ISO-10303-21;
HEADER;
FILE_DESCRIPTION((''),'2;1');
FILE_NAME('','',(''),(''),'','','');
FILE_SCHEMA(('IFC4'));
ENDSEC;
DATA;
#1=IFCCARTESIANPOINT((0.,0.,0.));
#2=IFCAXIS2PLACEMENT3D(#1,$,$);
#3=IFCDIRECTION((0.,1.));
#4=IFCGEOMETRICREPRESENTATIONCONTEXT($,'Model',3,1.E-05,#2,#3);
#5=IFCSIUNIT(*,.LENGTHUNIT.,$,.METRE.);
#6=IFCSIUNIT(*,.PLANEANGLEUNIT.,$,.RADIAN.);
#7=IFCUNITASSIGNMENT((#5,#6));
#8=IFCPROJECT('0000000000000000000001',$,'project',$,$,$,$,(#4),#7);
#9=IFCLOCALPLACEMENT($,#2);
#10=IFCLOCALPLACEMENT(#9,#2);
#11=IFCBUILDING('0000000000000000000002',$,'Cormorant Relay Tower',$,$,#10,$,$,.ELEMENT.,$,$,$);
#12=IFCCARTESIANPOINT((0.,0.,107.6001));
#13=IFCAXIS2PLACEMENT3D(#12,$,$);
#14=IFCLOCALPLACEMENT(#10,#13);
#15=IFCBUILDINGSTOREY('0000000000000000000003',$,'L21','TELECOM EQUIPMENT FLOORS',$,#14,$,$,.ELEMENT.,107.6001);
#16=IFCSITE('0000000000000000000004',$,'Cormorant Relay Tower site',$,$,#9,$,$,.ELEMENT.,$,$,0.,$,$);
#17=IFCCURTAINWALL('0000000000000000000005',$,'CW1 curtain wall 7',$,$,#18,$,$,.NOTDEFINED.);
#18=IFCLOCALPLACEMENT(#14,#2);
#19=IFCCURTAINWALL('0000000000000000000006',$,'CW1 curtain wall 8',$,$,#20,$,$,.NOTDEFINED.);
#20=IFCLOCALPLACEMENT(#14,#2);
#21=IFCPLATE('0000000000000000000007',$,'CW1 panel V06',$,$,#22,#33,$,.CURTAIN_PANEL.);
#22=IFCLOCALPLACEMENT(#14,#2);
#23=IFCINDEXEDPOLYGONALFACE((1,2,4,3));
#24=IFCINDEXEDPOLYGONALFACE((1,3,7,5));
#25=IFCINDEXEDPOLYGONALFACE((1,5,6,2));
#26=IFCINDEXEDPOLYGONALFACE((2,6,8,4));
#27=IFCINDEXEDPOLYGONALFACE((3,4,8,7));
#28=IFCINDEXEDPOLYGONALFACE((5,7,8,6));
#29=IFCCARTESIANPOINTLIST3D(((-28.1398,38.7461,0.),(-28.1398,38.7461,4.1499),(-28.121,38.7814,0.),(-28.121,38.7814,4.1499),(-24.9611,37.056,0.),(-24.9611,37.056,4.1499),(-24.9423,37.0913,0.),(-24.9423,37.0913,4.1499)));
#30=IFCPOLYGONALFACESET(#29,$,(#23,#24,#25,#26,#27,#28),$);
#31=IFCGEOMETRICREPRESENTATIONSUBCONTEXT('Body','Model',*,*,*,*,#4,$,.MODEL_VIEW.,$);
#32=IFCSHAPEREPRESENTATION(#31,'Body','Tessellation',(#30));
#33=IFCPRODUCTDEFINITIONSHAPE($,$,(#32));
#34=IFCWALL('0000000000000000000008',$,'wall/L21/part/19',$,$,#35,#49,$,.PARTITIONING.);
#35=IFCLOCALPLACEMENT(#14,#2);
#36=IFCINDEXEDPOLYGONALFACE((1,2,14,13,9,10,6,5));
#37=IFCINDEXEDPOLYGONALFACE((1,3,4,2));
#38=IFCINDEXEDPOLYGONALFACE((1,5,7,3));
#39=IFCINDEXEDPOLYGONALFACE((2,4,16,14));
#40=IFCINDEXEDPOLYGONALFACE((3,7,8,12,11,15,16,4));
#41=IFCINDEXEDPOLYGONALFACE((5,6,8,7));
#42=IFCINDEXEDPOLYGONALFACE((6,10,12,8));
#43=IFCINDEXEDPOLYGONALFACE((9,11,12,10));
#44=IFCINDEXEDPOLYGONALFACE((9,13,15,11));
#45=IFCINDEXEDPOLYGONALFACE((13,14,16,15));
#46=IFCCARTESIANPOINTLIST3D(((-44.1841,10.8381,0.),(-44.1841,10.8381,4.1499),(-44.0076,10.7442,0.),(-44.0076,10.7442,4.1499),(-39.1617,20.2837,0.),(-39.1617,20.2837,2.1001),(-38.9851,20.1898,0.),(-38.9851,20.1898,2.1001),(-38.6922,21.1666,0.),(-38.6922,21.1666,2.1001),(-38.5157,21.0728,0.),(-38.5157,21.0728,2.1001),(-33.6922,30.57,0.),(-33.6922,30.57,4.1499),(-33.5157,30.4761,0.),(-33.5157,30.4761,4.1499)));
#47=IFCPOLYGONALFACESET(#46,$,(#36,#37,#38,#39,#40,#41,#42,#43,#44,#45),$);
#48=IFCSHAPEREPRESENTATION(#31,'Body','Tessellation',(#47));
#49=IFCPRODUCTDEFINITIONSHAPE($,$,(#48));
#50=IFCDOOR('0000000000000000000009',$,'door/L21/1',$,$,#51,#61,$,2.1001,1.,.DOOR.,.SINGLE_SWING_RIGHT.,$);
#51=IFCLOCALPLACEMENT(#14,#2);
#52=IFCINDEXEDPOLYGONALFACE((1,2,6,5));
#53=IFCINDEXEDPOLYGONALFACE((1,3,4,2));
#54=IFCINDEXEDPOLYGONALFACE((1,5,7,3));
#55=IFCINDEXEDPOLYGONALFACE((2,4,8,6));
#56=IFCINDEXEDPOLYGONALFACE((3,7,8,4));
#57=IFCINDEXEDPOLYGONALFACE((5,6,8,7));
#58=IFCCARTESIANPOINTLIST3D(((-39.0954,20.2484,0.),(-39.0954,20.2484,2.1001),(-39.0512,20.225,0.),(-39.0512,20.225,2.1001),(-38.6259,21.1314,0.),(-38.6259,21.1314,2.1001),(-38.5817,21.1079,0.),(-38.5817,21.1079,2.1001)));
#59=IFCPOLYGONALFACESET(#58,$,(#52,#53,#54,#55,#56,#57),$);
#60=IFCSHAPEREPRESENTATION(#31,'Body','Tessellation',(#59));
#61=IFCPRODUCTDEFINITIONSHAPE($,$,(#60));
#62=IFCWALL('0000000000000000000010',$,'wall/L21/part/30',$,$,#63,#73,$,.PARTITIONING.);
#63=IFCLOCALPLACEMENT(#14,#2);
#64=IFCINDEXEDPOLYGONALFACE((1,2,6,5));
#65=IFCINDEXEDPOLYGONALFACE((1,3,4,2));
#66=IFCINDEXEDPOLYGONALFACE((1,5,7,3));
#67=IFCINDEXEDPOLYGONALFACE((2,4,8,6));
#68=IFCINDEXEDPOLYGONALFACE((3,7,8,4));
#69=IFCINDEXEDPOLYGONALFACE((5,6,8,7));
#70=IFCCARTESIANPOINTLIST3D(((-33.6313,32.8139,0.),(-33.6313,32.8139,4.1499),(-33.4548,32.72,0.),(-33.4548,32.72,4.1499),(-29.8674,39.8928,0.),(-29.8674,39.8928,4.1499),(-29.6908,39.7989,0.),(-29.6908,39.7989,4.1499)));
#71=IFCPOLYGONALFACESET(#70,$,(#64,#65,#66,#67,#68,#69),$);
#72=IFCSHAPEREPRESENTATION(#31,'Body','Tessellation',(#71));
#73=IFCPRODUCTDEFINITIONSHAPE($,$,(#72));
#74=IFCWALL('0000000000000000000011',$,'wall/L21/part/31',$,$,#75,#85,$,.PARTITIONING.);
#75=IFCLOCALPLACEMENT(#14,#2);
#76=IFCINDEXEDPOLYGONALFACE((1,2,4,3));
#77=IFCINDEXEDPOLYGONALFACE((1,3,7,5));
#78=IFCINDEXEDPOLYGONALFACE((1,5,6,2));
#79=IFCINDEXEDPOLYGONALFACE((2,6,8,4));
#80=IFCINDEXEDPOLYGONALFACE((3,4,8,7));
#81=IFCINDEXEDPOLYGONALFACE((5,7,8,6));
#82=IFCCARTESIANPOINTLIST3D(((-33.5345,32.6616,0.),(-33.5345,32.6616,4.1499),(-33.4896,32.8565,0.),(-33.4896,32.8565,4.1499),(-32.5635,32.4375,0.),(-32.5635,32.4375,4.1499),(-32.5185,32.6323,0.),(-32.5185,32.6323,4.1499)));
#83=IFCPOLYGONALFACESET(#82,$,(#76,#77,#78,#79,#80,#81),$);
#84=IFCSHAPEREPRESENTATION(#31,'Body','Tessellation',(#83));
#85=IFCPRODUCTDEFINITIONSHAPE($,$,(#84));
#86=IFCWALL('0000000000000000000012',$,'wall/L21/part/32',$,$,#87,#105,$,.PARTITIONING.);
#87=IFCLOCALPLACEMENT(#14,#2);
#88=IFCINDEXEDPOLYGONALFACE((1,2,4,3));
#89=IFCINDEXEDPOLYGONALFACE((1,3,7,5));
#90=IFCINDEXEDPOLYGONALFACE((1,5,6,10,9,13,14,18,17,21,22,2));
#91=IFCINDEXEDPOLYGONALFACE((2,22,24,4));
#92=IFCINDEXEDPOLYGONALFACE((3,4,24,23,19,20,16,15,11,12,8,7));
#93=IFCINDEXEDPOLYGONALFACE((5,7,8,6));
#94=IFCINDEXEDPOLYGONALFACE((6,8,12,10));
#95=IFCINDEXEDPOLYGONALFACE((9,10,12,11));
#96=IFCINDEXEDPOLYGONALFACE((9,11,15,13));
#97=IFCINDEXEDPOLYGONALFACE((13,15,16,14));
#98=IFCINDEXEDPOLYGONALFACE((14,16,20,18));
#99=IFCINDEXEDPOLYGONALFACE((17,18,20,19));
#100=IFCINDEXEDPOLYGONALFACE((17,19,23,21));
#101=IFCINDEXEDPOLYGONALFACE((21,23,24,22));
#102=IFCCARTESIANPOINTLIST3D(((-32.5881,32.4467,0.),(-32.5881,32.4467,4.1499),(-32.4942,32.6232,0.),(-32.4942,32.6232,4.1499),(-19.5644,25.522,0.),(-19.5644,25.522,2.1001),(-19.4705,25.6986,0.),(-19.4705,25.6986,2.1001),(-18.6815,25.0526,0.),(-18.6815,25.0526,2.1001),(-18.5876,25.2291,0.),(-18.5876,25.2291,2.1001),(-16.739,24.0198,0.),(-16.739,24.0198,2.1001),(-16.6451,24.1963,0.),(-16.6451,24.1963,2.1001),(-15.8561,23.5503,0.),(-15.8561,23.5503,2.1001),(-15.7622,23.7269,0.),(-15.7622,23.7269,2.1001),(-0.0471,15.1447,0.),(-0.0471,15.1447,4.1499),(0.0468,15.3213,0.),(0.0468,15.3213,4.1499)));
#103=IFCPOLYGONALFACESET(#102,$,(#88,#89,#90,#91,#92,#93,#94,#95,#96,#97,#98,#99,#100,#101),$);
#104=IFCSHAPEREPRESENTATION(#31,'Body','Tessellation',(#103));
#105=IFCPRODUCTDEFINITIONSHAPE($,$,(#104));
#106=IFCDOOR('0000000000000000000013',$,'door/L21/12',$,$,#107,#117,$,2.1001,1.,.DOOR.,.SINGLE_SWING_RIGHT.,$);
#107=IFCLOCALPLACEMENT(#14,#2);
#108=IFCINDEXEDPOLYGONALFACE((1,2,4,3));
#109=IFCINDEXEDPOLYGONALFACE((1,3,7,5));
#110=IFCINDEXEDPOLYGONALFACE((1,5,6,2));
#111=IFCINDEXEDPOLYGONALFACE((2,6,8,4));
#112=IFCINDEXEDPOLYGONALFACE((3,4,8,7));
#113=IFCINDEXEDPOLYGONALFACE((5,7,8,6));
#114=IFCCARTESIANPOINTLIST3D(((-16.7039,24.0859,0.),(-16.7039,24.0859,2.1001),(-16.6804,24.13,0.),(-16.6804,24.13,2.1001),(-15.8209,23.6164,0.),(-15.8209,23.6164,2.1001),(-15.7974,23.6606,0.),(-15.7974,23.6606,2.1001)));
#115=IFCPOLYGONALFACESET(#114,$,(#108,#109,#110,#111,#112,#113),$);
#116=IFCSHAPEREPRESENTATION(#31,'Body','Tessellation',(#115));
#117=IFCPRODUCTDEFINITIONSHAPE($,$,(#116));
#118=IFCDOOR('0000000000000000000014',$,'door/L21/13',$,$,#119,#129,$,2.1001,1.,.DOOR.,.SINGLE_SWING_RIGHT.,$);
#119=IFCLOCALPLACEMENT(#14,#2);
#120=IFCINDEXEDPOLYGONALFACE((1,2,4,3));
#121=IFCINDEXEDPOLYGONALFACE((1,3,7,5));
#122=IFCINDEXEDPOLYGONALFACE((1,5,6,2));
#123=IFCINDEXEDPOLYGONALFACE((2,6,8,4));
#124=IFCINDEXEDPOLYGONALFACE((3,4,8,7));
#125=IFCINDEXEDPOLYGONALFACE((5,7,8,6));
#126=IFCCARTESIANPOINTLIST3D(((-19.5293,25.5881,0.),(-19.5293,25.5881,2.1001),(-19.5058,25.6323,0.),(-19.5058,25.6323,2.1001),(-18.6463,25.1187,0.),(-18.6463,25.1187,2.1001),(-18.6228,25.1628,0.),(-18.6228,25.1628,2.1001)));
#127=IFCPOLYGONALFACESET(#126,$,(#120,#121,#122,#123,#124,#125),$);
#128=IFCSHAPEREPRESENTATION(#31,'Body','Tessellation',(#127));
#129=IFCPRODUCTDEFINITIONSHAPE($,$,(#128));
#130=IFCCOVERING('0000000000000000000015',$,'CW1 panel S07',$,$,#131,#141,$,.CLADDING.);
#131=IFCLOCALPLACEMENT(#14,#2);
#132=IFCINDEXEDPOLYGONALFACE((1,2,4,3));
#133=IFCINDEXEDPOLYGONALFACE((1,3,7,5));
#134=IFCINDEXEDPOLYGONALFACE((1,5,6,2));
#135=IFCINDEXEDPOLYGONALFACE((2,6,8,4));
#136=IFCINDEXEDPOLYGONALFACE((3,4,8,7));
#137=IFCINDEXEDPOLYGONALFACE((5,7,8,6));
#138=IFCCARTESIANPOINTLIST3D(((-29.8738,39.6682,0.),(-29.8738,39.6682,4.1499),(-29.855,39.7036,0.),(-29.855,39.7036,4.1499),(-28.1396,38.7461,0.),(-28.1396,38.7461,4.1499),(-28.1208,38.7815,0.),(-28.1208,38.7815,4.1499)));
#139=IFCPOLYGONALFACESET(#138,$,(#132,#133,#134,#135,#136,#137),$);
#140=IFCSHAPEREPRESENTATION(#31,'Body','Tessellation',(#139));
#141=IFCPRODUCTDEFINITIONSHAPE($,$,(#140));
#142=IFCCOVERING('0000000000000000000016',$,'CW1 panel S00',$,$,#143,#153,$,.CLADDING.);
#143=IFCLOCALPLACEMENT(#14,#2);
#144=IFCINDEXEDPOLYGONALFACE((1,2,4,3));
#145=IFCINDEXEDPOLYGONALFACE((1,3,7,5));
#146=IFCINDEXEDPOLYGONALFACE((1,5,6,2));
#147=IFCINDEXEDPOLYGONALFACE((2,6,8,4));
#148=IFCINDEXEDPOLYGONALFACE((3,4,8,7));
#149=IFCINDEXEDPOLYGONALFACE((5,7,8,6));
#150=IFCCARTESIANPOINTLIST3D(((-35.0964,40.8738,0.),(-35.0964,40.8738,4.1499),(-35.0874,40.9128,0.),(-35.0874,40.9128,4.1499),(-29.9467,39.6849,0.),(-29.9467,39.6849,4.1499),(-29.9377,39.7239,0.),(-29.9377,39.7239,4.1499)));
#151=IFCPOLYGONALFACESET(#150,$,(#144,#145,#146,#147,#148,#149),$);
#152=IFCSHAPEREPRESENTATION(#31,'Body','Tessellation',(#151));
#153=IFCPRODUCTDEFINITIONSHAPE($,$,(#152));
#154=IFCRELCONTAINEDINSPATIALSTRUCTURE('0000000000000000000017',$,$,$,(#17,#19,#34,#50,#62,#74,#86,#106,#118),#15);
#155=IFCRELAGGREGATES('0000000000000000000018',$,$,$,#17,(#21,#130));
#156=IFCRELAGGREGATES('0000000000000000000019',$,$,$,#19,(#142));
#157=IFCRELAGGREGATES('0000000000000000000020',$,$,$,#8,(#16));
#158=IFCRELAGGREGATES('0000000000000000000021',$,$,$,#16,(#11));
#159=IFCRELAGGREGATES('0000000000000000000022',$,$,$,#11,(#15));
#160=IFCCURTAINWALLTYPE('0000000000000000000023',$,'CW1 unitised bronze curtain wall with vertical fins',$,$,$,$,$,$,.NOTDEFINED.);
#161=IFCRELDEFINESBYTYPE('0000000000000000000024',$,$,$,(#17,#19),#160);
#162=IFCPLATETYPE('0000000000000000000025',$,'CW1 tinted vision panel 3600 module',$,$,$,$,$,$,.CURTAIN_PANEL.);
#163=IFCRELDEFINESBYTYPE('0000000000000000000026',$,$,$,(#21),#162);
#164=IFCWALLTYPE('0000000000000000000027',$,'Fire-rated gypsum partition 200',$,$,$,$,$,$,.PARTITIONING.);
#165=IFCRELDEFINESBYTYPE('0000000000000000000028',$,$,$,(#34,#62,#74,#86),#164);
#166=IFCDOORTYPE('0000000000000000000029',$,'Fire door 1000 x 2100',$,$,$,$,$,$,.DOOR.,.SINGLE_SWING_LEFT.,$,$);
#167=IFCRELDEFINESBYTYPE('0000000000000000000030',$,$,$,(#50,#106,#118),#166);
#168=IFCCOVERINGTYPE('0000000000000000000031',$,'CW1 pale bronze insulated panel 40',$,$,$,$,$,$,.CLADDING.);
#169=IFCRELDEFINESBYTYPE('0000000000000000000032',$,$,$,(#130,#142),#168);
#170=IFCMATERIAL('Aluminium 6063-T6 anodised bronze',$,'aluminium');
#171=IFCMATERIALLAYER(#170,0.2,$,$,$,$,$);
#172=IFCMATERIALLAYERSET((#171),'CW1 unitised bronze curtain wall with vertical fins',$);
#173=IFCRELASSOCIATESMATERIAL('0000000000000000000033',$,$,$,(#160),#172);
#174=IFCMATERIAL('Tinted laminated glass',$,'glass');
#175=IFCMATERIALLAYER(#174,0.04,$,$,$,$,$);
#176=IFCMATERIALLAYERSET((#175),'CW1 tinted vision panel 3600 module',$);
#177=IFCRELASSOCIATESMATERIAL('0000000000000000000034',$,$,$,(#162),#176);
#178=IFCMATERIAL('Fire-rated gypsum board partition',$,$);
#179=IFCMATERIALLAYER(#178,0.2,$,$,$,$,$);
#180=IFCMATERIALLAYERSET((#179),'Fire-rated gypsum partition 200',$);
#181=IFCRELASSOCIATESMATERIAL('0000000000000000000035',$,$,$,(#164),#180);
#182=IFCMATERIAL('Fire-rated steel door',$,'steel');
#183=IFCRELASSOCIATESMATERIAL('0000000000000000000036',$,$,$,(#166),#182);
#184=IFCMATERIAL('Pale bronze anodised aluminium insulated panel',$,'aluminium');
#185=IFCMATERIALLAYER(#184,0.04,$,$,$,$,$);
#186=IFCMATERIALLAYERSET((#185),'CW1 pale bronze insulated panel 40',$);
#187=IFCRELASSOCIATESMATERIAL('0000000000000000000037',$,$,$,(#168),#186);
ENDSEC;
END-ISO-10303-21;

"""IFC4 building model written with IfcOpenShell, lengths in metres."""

from ifc_helpers import new_model, si_unit, direction, frame, frame_2d, origin, origin_2d, place, context, subcontext, project, spatial, rectangle, extrude, material, layer, layer_set, type_object, element, fill, aggregate, save


model = new_model("IFC4")

# Units and contexts
model_context = context("Model", 3, precision=1e-05, world=origin(), true_north=direction((0.0, 1.0)))
body_context = subcontext(model_context, "Body", "Model", "MODEL_VIEW")
ifc_project = project(units=[si_unit("LENGTHUNIT", "METRE"), si_unit("PLANEANGLEUNIT", "RADIAN")], contexts=[model_context])

# Site, building, storey
site_placement = place(None, origin())
site = spatial("IfcSite", under=ifc_project, at=site_placement, Name="Cormorant Relay Tower site", CompositionType="ELEMENT", RefElevation=0.0)
building_placement = place(site_placement, origin())
building = spatial("IfcBuilding", under=site, at=building_placement, Name="Cormorant Relay Tower", CompositionType="ELEMENT")
storey_placement = place(building_placement, frame((0.0, 0.0, 107.6001)))
storey = spatial("IfcBuildingStorey", under=building, at=storey_placement, Name="L21", Description="TELECOM EQUIPMENT FLOORS", CompositionType="ELEMENT", Elevation=107.6001)

# Curtain wall
ifc_material_1 = material(Name="Aluminium 6063-T6 anodised bronze", Category="aluminium")
ifc_layer_1 = layer(ifc_material_1, 0.2)
ifc_layer_set_1 = layer_set([ifc_layer_1], Name="CW1 unitised bronze curtain wall with vertical fins")
curtain_wall_type = type_object("IfcCurtainWallType", Name="CW1 unitised bronze curtain wall with vertical fins", PredefinedType="NOTDEFINED", material=ifc_layer_set_1)
curtain_wall_1_placement = place(storey_placement, origin())
curtain_wall_1 = element("IfcCurtainWall", 1, at=curtain_wall_1_placement, inside=storey, type_object=curtain_wall_type, Name="CW1 curtain wall 7", PredefinedType="NOTDEFINED")

# Curtain wall
curtain_wall_2_placement = place(storey_placement, origin())
curtain_wall_2 = element("IfcCurtainWall", 2, at=curtain_wall_2_placement, inside=storey, type_object=curtain_wall_type, Name="CW1 curtain wall 8", PredefinedType="NOTDEFINED")

# Plate
ifc_material_2 = material(Name="Tinted laminated glass", Category="glass")
ifc_layer_2 = layer(ifc_material_2, 0.04)
ifc_layer_set_2 = layer_set([ifc_layer_2], Name="CW1 tinted vision panel 3600 module")
plate_type = type_object("IfcPlateType", Name="CW1 tinted vision panel 3600 module", PredefinedType="CURTAIN_PANEL", material=ifc_layer_set_2)
plate_placement = place(storey_placement, frame((-26.541, 37.9187, 0.0), z_axis=(0.0, 0.0, 1.0), x_axis=(-0.882948, 0.469472, 0.0)))
plate = element("IfcPlate", 3, at=plate_placement, type_object=plate_type, Name="CW1 panel V06", PredefinedType="CURTAIN_PANEL", context=body_context, shape_type="SweptSolid", body=[
    extrude(rectangle(XDim=3.6001, YDim=0.04, at=origin_2d()), origin(), (0.0, 0.0, 1.0), 4.1499),
])

# Wall, opening, door
ifc_material_3 = material(Name="Fire-rated gypsum board partition")
ifc_layer_3 = layer(ifc_material_3, 0.2)
ifc_layer_set_3 = layer_set([ifc_layer_3], Name="Fire-rated gypsum partition 200")
wall_type_1 = type_object("IfcWallType", Name="Fire-rated gypsum partition 200", PredefinedType="PARTITIONING", material=ifc_layer_set_3)
wall_1_placement = place(storey_placement, frame((-33.604, 30.5229, 0.0), z_axis=(0.0, 0.0, 1.0), x_axis=(-0.469482, -0.882942, 0.0)))
wall_1 = element("IfcWall", 4, at=wall_1_placement, inside=storey, type_object=wall_type_1, Name="wall/L21/part/19", PredefinedType="PARTITIONING", context=body_context, shape_type="SweptSolid", body=[
    extrude(rectangle(XDim=22.3479, YDim=0.2, at=frame_2d((11.1738, 0.0))), origin(), (0.0, 0.0, 1.0), 4.1499),
])
opening_1_placement = place(wall_1_placement, frame((10.6499, 0.0, 0.0)))
opening_1 = element("IfcOpeningElement", 5, at=opening_1_placement, cuts=wall_1, PredefinedType="OPENING", context=body_context, shape_type="SweptSolid", body=[
    extrude(rectangle(XDim=1.0, YDim=2.1001, at=frame_2d((0.5, 1.05))), frame((0.0, 0.1099, 0.0), z_axis=(0.0, -1.0, 0.0), x_axis=(1.0, 0.0, 0.0)), (0.0, 0.0, 1.0), 0.22),
])
ifc_material_4 = material(Name="Fire-rated steel door", Category="steel")
door_type_1 = type_object("IfcDoorType", Name="Fire door 1000 x 2100", OperationType="SINGLE_SWING_LEFT", PredefinedType="DOOR", material=ifc_material_4)
door_1_placement = place(opening_1_placement, frame((1.0, 0.0, 0.0), z_axis=(0.0, 0.0, 1.0), x_axis=(-1.0, 0.0, 0.0)))
door_1 = element("IfcDoor", 6, at=door_1_placement, inside=storey, type_object=door_type_1, Name="door/L21/1", OperationType="SINGLE_SWING_RIGHT", OverallHeight=2.1001, OverallWidth=1.0, PredefinedType="DOOR", context=body_context, shape_type="SweptSolid", body=[
    extrude(rectangle(XDim=1.0, YDim=2.1001, at=frame_2d((0.5, 1.05))), frame((0.0, 0.0249, 0.0), z_axis=(0.0, -1.0, 0.0), x_axis=(1.0, 0.0, 0.0)), (0.0, 0.0, 1.0), 0.05),
])
fill(opening_1, door_1)

# Walls
wall_2_placement = place(storey_placement, frame((-29.7791, 39.8459, 0.0), z_axis=(0.0, 0.0, 1.0), x_axis=(-0.469474, -0.882947, 0.0)))
element("IfcWall", 7, at=wall_2_placement, inside=storey, type_object=wall_type_1, Name="wall/L21/part/30", PredefinedType="PARTITIONING", context=body_context, shape_type="SweptSolid", body=[
    extrude(rectangle(XDim=8.0173, YDim=0.2, at=frame_2d((4.0088, 0.0))), origin(), (0.0, 0.0, 1.0), 4.1499),
])
wall_3_placement = place(storey_placement, frame((-32.541, 32.5349, 0.0), z_axis=(0.0, 0.0, 1.0), x_axis=(-0.974379, 0.224913, 0.0)))
element("IfcWall", 8, at=wall_3_placement, inside=storey, type_object=wall_type_1, Name="wall/L21/part/31", PredefinedType="PARTITIONING", context=body_context, shape_type="SweptSolid", body=[
    extrude(rectangle(XDim=0.9966, YDim=0.2, at=frame_2d((0.4983, 0.0))), origin(), (0.0, 0.0, 1.0), 4.1499),
])

# Wall, openings, doors
wall_4_placement = place(storey_placement, frame((-32.541, 32.5349, 0.0), z_axis=(0.0, 0.0, 1.0), x_axis=(0.882952, -0.469464, 0.0)))
wall_4 = element("IfcWall", 9, at=wall_4_placement, inside=storey, type_object=wall_type_1, Name="wall/L21/part/32", PredefinedType="PARTITIONING", context=body_context, shape_type="SweptSolid", body=[
    extrude(rectangle(XDim=36.8547, YDim=0.2, at=frame_2d((18.4272, 0.0))), origin(), (0.0, 0.0, 1.0), 4.1499),
])
opening_2_placement = place(wall_4_placement, frame((17.95, 0.0, 0.0)))
opening_2 = element("IfcOpeningElement", 10, at=opening_2_placement, cuts=wall_4, PredefinedType="OPENING", context=body_context, shape_type="SweptSolid", body=[
    extrude(rectangle(XDim=1.0, YDim=2.1001, at=frame_2d((0.5, 1.05))), frame((0.0, 0.1099, 0.0), z_axis=(0.0, -1.0, 0.0), x_axis=(1.0, 0.0, 0.0)), (0.0, 0.0, 1.0), 0.22),
])
opening_3_placement = place(wall_4_placement, frame((14.75, 0.0, 0.0)))
opening_3 = element("IfcOpeningElement", 11, at=opening_3_placement, cuts=wall_4, PredefinedType="OPENING", context=body_context, shape_type="SweptSolid", body=[
    extrude(rectangle(XDim=1.0, YDim=2.1001, at=frame_2d((0.5, 1.05))), frame((0.0, 0.1099, 0.0), z_axis=(0.0, -1.0, 0.0), x_axis=(1.0, 0.0, 0.0)), (0.0, 0.0, 1.0), 0.22),
])
door_2_placement = place(opening_2_placement, origin())
door_2 = element("IfcDoor", 12, at=door_2_placement, inside=storey, type_object=door_type_1, Name="door/L21/12", OperationType="SINGLE_SWING_RIGHT", OverallHeight=2.1001, OverallWidth=1.0, PredefinedType="DOOR", context=body_context, shape_type="SweptSolid", body=[
    extrude(rectangle(XDim=1.0, YDim=2.1001, at=frame_2d((0.5, 1.05))), frame((0.0, 0.0249, 0.0), z_axis=(0.0, -1.0, 0.0), x_axis=(1.0, 0.0, 0.0)), (0.0, 0.0, 1.0), 0.05),
])
fill(opening_2, door_2)
door_3_placement = place(opening_3_placement, origin())
door_3 = element("IfcDoor", 13, at=door_3_placement, inside=storey, type_object=door_type_1, Name="door/L21/13", OperationType="SINGLE_SWING_RIGHT", OverallHeight=2.1001, OverallWidth=1.0, PredefinedType="DOOR", context=body_context, shape_type="SweptSolid", body=[
    extrude(rectangle(XDim=1.0, YDim=2.1001, at=frame_2d((0.5, 1.05))), frame((0.0, 0.0249, 0.0), z_axis=(0.0, -1.0, 0.0), x_axis=(1.0, 0.0, 0.0)), (0.0, 0.0, 1.0), 0.05),
])
fill(opening_3, door_3)

# Coverings
ifc_material_5 = material(Name="Pale bronze anodised aluminium insulated panel", Category="aluminium")
ifc_layer_4 = layer(ifc_material_5, 0.04)
ifc_layer_set_4 = layer_set([ifc_layer_4], Name="CW1 pale bronze insulated panel 40")
covering_type = type_object("IfcCoveringType", Name="CW1 pale bronze insulated panel 40", PredefinedType="CLADDING", material=ifc_layer_set_4)
covering_1_placement = place(storey_placement, frame((-28.9973, 39.2249, 0.0), z_axis=(0.0, 0.0, 1.0), x_axis=(-0.882948, 0.469472, 0.0)))
covering_1 = element("IfcCovering", 14, at=covering_1_placement, type_object=covering_type, Name="CW1 panel S07", PredefinedType="CLADDING", context=body_context, shape_type="SweptSolid", body=[
    extrude(rectangle(XDim=1.9641, YDim=0.04, at=origin_2d()), origin(), (0.0, 0.0, 1.0), 4.1499),
])
aggregate(curtain_wall_1, [plate, covering_1])
covering_2_placement = place(storey_placement, frame((-32.5171, 40.2988, 0.0), z_axis=(0.0, 0.0, 1.0), x_axis=(-0.97437, 0.224951, 0.0)))
covering_2 = element("IfcCovering", 15, at=covering_2_placement, type_object=covering_type, Name="CW1 panel S00", PredefinedType="CLADDING", context=body_context, shape_type="SweptSolid", body=[
    extrude(rectangle(XDim=5.2852, YDim=0.04, at=origin_2d()), origin(), (0.0, 0.0, 1.0), 4.1499),
])
aggregate(curtain_wall_2, [covering_2])

save(model, "model.ifc")
